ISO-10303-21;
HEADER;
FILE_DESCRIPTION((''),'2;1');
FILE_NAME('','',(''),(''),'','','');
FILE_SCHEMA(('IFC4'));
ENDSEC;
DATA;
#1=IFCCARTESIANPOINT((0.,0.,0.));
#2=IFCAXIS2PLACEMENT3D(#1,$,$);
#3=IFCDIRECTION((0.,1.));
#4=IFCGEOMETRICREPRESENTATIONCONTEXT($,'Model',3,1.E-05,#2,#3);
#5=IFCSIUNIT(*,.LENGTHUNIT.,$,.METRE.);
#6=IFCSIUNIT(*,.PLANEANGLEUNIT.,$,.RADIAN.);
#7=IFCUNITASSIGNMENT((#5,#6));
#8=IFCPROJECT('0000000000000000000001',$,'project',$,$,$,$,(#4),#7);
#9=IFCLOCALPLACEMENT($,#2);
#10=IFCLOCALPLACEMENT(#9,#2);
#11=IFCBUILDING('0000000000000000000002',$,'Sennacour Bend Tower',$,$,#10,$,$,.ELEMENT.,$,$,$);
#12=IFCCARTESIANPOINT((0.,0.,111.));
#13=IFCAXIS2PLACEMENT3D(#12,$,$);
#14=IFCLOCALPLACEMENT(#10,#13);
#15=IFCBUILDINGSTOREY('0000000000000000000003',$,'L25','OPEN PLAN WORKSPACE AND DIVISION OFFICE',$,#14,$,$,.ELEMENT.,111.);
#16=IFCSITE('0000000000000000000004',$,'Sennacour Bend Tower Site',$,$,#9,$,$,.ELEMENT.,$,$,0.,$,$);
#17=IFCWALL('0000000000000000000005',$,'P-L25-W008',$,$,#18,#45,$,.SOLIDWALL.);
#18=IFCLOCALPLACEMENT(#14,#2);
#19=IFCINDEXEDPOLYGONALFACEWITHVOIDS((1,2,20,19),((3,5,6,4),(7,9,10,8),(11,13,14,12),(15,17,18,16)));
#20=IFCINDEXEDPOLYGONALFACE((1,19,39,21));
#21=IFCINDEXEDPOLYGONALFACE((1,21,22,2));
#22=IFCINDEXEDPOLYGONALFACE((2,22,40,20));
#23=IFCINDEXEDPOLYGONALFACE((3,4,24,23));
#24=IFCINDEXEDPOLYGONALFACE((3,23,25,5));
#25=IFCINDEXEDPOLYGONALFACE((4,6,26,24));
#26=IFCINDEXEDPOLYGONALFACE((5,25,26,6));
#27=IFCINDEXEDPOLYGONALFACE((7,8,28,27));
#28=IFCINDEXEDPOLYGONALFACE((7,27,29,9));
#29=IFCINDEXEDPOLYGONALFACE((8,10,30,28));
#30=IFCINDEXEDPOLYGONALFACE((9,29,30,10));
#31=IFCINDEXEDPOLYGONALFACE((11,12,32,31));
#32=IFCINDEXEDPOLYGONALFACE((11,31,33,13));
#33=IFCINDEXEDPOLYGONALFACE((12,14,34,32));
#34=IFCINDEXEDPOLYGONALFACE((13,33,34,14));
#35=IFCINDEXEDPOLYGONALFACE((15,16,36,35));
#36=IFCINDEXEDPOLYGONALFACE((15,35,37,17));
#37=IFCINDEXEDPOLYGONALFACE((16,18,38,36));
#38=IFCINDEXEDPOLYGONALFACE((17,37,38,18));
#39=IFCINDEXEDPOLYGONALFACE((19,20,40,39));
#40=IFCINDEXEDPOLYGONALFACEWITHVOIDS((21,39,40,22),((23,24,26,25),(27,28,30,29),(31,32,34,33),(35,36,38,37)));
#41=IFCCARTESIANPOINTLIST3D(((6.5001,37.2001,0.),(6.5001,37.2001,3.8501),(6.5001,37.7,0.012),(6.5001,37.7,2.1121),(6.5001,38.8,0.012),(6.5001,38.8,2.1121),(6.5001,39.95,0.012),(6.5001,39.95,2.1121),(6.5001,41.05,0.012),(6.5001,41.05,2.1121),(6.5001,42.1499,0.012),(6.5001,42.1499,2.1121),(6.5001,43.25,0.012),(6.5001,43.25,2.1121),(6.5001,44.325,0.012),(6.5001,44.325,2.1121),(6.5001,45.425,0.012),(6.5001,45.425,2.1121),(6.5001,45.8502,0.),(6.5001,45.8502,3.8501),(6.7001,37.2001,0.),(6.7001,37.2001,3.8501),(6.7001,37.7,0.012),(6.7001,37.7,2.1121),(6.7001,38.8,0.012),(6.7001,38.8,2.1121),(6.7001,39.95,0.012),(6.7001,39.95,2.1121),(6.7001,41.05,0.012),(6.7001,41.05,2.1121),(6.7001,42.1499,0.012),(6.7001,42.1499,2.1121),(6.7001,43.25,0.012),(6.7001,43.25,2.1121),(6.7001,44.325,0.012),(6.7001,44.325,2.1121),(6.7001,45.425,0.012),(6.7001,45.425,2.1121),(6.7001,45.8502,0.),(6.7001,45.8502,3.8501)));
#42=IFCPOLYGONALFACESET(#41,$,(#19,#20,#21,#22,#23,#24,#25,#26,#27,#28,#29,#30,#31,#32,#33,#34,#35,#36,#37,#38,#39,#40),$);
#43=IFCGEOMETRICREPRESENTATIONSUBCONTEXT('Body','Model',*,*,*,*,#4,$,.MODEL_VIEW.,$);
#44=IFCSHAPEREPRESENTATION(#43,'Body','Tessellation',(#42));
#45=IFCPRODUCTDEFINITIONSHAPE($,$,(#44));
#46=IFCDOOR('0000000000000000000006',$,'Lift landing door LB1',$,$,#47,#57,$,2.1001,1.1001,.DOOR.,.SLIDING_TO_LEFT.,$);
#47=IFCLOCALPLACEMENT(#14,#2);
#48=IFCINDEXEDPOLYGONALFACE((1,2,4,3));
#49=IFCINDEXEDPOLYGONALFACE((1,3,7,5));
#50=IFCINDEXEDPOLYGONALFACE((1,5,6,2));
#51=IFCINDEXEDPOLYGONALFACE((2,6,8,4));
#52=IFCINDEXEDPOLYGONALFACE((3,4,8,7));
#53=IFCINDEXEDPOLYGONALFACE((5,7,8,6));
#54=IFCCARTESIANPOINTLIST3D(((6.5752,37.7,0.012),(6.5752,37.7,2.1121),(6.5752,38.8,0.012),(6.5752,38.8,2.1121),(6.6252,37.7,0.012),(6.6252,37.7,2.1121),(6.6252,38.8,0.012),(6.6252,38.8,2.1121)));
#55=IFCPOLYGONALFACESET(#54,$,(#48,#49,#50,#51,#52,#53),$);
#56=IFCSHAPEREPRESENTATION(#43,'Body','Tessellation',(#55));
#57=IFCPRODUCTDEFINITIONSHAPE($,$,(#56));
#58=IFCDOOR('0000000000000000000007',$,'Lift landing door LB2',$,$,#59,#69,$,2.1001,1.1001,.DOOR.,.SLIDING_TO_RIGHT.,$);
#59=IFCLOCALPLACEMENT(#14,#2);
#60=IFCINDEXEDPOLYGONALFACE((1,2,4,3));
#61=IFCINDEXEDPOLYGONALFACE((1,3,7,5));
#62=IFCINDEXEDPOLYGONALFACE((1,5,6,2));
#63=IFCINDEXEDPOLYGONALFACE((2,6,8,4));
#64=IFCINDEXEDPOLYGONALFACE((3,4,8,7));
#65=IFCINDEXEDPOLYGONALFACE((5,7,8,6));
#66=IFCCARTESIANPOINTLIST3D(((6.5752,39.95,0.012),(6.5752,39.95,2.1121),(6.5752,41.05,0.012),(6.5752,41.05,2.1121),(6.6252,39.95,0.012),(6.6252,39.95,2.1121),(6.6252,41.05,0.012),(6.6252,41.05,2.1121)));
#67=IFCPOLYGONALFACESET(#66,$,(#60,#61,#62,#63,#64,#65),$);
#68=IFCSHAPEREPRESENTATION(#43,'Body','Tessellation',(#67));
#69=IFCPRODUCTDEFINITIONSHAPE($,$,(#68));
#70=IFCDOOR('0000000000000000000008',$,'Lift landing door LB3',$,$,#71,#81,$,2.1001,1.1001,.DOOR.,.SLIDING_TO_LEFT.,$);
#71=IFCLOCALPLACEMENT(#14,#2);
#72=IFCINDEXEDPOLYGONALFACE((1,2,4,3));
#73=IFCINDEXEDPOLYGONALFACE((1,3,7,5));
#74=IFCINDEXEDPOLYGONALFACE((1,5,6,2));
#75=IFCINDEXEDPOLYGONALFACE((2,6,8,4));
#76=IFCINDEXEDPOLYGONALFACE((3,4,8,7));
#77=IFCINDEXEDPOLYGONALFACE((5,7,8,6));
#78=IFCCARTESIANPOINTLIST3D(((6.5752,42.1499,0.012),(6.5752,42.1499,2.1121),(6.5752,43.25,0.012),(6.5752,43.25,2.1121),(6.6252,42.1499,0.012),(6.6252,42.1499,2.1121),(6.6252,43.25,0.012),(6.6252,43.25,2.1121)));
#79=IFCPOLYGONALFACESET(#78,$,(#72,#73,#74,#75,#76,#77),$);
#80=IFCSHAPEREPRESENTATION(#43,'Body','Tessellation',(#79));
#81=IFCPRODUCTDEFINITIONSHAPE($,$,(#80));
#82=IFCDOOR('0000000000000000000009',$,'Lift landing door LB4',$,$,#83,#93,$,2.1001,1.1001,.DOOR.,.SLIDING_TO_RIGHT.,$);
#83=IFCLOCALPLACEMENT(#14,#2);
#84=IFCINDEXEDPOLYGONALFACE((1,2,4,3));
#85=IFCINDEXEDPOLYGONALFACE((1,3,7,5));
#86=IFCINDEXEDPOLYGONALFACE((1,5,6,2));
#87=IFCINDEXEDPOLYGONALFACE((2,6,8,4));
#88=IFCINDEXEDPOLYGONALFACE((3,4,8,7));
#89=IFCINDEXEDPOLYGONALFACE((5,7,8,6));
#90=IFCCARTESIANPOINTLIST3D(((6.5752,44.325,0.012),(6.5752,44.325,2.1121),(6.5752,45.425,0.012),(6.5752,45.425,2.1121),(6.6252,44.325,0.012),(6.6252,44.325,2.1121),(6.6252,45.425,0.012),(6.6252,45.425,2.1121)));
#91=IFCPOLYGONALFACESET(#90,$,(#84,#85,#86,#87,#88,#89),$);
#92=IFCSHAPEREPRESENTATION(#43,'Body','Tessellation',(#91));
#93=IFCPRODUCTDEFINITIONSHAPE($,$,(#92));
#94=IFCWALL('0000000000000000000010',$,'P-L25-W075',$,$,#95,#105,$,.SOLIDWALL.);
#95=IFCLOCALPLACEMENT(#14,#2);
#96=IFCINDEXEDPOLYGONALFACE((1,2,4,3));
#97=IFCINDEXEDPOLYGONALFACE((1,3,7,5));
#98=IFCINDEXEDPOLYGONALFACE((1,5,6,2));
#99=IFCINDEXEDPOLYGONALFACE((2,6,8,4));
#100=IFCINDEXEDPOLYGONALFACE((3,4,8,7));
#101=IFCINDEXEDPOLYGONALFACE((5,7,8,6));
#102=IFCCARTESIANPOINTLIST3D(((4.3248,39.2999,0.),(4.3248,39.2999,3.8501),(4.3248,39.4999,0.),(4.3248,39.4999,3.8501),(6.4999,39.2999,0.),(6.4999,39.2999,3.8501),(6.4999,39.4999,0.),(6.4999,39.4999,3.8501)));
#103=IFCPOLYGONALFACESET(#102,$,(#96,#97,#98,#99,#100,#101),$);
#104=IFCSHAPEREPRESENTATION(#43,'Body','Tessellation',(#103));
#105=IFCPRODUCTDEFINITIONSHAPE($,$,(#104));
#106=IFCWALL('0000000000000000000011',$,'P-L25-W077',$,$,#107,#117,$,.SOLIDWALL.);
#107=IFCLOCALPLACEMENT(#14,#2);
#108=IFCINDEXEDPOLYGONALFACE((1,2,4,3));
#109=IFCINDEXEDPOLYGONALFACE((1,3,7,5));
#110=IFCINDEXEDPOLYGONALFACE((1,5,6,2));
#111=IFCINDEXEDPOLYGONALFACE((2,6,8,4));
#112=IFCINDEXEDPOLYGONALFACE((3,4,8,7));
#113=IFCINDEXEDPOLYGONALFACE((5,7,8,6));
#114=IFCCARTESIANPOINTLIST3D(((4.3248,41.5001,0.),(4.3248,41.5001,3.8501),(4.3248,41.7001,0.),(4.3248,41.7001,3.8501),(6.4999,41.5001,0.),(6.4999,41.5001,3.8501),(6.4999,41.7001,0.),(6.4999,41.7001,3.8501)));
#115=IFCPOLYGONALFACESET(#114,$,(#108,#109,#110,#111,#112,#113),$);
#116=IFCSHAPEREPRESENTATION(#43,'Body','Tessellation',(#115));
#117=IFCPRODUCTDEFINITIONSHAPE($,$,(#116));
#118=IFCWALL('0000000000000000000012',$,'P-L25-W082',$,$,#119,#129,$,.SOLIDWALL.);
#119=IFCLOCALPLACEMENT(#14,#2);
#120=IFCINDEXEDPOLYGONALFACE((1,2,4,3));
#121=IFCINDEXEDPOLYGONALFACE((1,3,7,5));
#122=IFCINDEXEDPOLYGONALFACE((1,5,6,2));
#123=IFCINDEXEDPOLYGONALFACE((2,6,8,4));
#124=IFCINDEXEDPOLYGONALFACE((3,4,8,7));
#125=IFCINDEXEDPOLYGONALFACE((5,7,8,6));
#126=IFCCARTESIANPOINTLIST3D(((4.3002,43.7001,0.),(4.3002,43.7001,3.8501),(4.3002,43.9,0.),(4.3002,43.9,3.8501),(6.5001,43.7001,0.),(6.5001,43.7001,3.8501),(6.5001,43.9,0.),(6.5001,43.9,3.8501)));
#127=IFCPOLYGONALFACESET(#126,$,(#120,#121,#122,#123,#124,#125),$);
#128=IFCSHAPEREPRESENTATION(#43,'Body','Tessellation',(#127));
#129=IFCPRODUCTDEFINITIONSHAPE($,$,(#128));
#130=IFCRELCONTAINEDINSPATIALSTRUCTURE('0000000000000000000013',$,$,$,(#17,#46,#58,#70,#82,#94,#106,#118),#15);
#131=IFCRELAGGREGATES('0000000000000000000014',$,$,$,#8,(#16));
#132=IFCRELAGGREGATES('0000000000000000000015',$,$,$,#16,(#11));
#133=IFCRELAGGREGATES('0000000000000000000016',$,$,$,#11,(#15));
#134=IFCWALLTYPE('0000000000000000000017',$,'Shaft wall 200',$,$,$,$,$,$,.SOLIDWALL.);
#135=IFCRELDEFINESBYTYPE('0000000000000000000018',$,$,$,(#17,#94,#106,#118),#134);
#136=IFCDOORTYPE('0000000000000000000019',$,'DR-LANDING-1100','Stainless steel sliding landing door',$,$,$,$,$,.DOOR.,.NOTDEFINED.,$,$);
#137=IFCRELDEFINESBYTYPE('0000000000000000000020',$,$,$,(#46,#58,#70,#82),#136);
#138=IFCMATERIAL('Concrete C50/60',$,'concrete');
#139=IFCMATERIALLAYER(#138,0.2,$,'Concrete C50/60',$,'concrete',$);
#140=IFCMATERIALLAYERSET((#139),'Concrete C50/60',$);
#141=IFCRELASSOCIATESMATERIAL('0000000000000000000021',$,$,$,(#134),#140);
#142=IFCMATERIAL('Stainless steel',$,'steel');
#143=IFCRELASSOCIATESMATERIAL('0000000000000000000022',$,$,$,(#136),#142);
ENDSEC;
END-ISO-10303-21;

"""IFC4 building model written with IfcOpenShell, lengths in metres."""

from ifc_helpers import new_model, si_unit, direction, frame, frame_2d, origin, place, context, subcontext, project, spatial, rectangle, extrude, material, layer, layer_set, type_object, element, fill, save


model = new_model("IFC4")

# Units and contexts
model_context = context("Model", 3, precision=1e-05, world=origin(), true_north=direction((0.0, 1.0)))
body_context = subcontext(model_context, "Body", "Model", "MODEL_VIEW")
ifc_project = project(units=[si_unit("LENGTHUNIT", "METRE"), si_unit("PLANEANGLEUNIT", "RADIAN")], contexts=[model_context])

# Site, building, storey
site_placement = place(None, origin())
site = spatial("IfcSite", under=ifc_project, at=site_placement, Name="Sennacour Bend Tower Site", CompositionType="ELEMENT", RefElevation=0.0)
building_placement = place(site_placement, origin())
building = spatial("IfcBuilding", under=site, at=building_placement, Name="Sennacour Bend Tower", CompositionType="ELEMENT")
storey_placement = place(building_placement, frame((0.0, 0.0, 111.0)))
storey = spatial("IfcBuildingStorey", under=building, at=storey_placement, Name="L25", Description="OPEN PLAN WORKSPACE AND DIVISION OFFICE", CompositionType="ELEMENT", Elevation=111.0)

# Shared definitions
ifc_material_1 = material(Name="Concrete C50/60", Category="concrete")
ifc_layer_1 = layer(ifc_material_1, 0.2, Name="Concrete C50/60", Category="concrete")
ifc_layer_set_1 = layer_set([ifc_layer_1], Name="Concrete C50/60")
wall_type_1 = type_object("IfcWallType", Name="Shaft wall 200", PredefinedType="SOLIDWALL", material=ifc_layer_set_1)

# Wall, openings, doors
wall_1_placement = place(storey_placement, frame((6.6001, 37.2, 0.0), z_axis=(0.0, 0.0, 1.0), x_axis=(0.0, 1.0, 0.0)))
wall_1 = element("IfcWall", 1, at=wall_1_placement, inside=storey, type_object=wall_type_1, Name="P-L25-W008", PredefinedType="SOLIDWALL", context=body_context, shape_type="SweptSolid", body=[
    extrude(rectangle(XDim=8.6501, YDim=0.2, at=frame_2d((4.3252, 0.0))), origin(), (0.0, 0.0, 1.0), 3.8501),
])
opening_1_placement = place(wall_1_placement, frame((0.5, 0.0, 0.012)))
opening_1 = element("IfcOpeningElement", 2, at=opening_1_placement, cuts=wall_1, PredefinedType="OPENING", context=body_context, shape_type="SweptSolid", body=[
    extrude(rectangle(XDim=1.1001, YDim=2.1001, at=frame_2d((0.55, 1.05))), frame((0.0, 0.1099, 0.0), z_axis=(0.0, -1.0, 0.0), x_axis=(1.0, 0.0, 0.0)), (0.0, 0.0, 1.0), 0.22),
])
opening_2_placement = place(wall_1_placement, frame((2.75, 0.0, 0.012)))
opening_2 = element("IfcOpeningElement", 3, at=opening_2_placement, cuts=wall_1, PredefinedType="OPENING", context=body_context, shape_type="SweptSolid", body=[
    extrude(rectangle(XDim=1.1001, YDim=2.1001, at=frame_2d((0.55, 1.05))), frame((0.0, 0.1099, 0.0), z_axis=(0.0, -1.0, 0.0), x_axis=(1.0, 0.0, 0.0)), (0.0, 0.0, 1.0), 0.22),
])
opening_3_placement = place(wall_1_placement, frame((4.95, 0.0, 0.012)))
opening_3 = element("IfcOpeningElement", 4, at=opening_3_placement, cuts=wall_1, PredefinedType="OPENING", context=body_context, shape_type="SweptSolid", body=[
    extrude(rectangle(XDim=1.1001, YDim=2.1001, at=frame_2d((0.55, 1.05))), frame((0.0, 0.1099, 0.0), z_axis=(0.0, -1.0, 0.0), x_axis=(1.0, 0.0, 0.0)), (0.0, 0.0, 1.0), 0.22),
])
opening_4_placement = place(wall_1_placement, frame((7.125, 0.0, 0.012)))
opening_4 = element("IfcOpeningElement", 5, at=opening_4_placement, cuts=wall_1, PredefinedType="OPENING", context=body_context, shape_type="SweptSolid", body=[
    extrude(rectangle(XDim=1.1001, YDim=2.1001, at=frame_2d((0.55, 1.05))), frame((0.0, 0.1099, 0.0), z_axis=(0.0, -1.0, 0.0), x_axis=(1.0, 0.0, 0.0)), (0.0, 0.0, 1.0), 0.22),
])
ifc_material_2 = material(Name="Stainless steel", Category="steel")
door_type_1 = type_object("IfcDoorType", Name="DR-LANDING-1100", Description="Stainless steel sliding landing door", OperationType="NOTDEFINED", PredefinedType="DOOR", material=ifc_material_2)
door_1_placement = place(opening_1_placement, origin())
door_1 = element("IfcDoor", 6, at=door_1_placement, inside=storey, type_object=door_type_1, Name="Lift landing door LB1", OperationType="SLIDING_TO_LEFT", OverallHeight=2.1001, OverallWidth=1.1001, PredefinedType="DOOR", context=body_context, shape_type="SweptSolid", body=[
    extrude(rectangle(XDim=1.1001, YDim=2.1001, at=frame_2d((0.55, 1.05))), frame((0.0, 0.0249, 0.0), z_axis=(0.0, -1.0, 0.0), x_axis=(1.0, 0.0, 0.0)), (0.0, 0.0, 1.0), 0.05),
])
fill(opening_1, door_1)
door_2_placement = place(opening_2_placement, origin())
door_2 = element("IfcDoor", 7, at=door_2_placement, inside=storey, type_object=door_type_1, Name="Lift landing door LB2", OperationType="SLIDING_TO_RIGHT", OverallHeight=2.1001, OverallWidth=1.1001, PredefinedType="DOOR", context=body_context, shape_type="SweptSolid", body=[
    extrude(rectangle(XDim=1.1001, YDim=2.1001, at=frame_2d((0.55, 1.05))), frame((0.0, 0.0249, 0.0), z_axis=(0.0, -1.0, 0.0), x_axis=(1.0, 0.0, 0.0)), (0.0, 0.0, 1.0), 0.05),
])
fill(opening_2, door_2)
door_3_placement = place(opening_3_placement, origin())
door_3 = element("IfcDoor", 8, at=door_3_placement, inside=storey, type_object=door_type_1, Name="Lift landing door LB3", OperationType="SLIDING_TO_LEFT", OverallHeight=2.1001, OverallWidth=1.1001, PredefinedType="DOOR", context=body_context, shape_type="SweptSolid", body=[
    extrude(rectangle(XDim=1.1001, YDim=2.1001, at=frame_2d((0.55, 1.05))), frame((0.0, 0.0249, 0.0), z_axis=(0.0, -1.0, 0.0), x_axis=(1.0, 0.0, 0.0)), (0.0, 0.0, 1.0), 0.05),
])
fill(opening_3, door_3)
door_4_placement = place(opening_4_placement, origin())
door_4 = element("IfcDoor", 9, at=door_4_placement, inside=storey, type_object=door_type_1, Name="Lift landing door LB4", OperationType="SLIDING_TO_RIGHT", OverallHeight=2.1001, OverallWidth=1.1001, PredefinedType="DOOR", context=body_context, shape_type="SweptSolid", body=[
    extrude(rectangle(XDim=1.1001, YDim=2.1001, at=frame_2d((0.55, 1.05))), frame((0.0, 0.0249, 0.0), z_axis=(0.0, -1.0, 0.0), x_axis=(1.0, 0.0, 0.0)), (0.0, 0.0, 1.0), 0.05),
])
fill(opening_4, door_4)

# Walls
for number, where, z_axis, x_axis, name in (
    (10, (4.325, 39.3999, 0.0), (0.0, 0.0, 1.0), (1.0, 0.0, 0.0), "P-L25-W075"),
    (11, (4.325, 41.6001, 0.0), (0.0, 0.0, 1.0), (1.0, 0.0, 0.0), "P-L25-W077"),
):
    element("IfcWall", number, at=place(storey_placement, frame(where, z_axis=z_axis, x_axis=x_axis)), inside=storey, type_object=wall_type_1, Name=name, PredefinedType="SOLIDWALL", context=body_context, shape_type="SweptSolid", body=[
        extrude(rectangle(XDim=2.175, YDim=0.2, at=frame_2d((1.0874, 0.0))), origin(), (0.0, 0.0, 1.0), 3.8501),
    ])
wall_2_placement = place(storey_placement, frame((4.3, 43.8, 0.0), z_axis=(0.0, 0.0, 1.0), x_axis=(1.0, 0.0, 0.0)))
element("IfcWall", 12, at=wall_2_placement, inside=storey, type_object=wall_type_1, Name="P-L25-W082", PredefinedType="SOLIDWALL", context=body_context, shape_type="SweptSolid", body=[
    extrude(rectangle(XDim=2.2, YDim=0.2, at=frame_2d((1.1001, 0.0))), origin(), (0.0, 0.0, 1.0), 3.8501),
])

save(model, "model.ifc")
